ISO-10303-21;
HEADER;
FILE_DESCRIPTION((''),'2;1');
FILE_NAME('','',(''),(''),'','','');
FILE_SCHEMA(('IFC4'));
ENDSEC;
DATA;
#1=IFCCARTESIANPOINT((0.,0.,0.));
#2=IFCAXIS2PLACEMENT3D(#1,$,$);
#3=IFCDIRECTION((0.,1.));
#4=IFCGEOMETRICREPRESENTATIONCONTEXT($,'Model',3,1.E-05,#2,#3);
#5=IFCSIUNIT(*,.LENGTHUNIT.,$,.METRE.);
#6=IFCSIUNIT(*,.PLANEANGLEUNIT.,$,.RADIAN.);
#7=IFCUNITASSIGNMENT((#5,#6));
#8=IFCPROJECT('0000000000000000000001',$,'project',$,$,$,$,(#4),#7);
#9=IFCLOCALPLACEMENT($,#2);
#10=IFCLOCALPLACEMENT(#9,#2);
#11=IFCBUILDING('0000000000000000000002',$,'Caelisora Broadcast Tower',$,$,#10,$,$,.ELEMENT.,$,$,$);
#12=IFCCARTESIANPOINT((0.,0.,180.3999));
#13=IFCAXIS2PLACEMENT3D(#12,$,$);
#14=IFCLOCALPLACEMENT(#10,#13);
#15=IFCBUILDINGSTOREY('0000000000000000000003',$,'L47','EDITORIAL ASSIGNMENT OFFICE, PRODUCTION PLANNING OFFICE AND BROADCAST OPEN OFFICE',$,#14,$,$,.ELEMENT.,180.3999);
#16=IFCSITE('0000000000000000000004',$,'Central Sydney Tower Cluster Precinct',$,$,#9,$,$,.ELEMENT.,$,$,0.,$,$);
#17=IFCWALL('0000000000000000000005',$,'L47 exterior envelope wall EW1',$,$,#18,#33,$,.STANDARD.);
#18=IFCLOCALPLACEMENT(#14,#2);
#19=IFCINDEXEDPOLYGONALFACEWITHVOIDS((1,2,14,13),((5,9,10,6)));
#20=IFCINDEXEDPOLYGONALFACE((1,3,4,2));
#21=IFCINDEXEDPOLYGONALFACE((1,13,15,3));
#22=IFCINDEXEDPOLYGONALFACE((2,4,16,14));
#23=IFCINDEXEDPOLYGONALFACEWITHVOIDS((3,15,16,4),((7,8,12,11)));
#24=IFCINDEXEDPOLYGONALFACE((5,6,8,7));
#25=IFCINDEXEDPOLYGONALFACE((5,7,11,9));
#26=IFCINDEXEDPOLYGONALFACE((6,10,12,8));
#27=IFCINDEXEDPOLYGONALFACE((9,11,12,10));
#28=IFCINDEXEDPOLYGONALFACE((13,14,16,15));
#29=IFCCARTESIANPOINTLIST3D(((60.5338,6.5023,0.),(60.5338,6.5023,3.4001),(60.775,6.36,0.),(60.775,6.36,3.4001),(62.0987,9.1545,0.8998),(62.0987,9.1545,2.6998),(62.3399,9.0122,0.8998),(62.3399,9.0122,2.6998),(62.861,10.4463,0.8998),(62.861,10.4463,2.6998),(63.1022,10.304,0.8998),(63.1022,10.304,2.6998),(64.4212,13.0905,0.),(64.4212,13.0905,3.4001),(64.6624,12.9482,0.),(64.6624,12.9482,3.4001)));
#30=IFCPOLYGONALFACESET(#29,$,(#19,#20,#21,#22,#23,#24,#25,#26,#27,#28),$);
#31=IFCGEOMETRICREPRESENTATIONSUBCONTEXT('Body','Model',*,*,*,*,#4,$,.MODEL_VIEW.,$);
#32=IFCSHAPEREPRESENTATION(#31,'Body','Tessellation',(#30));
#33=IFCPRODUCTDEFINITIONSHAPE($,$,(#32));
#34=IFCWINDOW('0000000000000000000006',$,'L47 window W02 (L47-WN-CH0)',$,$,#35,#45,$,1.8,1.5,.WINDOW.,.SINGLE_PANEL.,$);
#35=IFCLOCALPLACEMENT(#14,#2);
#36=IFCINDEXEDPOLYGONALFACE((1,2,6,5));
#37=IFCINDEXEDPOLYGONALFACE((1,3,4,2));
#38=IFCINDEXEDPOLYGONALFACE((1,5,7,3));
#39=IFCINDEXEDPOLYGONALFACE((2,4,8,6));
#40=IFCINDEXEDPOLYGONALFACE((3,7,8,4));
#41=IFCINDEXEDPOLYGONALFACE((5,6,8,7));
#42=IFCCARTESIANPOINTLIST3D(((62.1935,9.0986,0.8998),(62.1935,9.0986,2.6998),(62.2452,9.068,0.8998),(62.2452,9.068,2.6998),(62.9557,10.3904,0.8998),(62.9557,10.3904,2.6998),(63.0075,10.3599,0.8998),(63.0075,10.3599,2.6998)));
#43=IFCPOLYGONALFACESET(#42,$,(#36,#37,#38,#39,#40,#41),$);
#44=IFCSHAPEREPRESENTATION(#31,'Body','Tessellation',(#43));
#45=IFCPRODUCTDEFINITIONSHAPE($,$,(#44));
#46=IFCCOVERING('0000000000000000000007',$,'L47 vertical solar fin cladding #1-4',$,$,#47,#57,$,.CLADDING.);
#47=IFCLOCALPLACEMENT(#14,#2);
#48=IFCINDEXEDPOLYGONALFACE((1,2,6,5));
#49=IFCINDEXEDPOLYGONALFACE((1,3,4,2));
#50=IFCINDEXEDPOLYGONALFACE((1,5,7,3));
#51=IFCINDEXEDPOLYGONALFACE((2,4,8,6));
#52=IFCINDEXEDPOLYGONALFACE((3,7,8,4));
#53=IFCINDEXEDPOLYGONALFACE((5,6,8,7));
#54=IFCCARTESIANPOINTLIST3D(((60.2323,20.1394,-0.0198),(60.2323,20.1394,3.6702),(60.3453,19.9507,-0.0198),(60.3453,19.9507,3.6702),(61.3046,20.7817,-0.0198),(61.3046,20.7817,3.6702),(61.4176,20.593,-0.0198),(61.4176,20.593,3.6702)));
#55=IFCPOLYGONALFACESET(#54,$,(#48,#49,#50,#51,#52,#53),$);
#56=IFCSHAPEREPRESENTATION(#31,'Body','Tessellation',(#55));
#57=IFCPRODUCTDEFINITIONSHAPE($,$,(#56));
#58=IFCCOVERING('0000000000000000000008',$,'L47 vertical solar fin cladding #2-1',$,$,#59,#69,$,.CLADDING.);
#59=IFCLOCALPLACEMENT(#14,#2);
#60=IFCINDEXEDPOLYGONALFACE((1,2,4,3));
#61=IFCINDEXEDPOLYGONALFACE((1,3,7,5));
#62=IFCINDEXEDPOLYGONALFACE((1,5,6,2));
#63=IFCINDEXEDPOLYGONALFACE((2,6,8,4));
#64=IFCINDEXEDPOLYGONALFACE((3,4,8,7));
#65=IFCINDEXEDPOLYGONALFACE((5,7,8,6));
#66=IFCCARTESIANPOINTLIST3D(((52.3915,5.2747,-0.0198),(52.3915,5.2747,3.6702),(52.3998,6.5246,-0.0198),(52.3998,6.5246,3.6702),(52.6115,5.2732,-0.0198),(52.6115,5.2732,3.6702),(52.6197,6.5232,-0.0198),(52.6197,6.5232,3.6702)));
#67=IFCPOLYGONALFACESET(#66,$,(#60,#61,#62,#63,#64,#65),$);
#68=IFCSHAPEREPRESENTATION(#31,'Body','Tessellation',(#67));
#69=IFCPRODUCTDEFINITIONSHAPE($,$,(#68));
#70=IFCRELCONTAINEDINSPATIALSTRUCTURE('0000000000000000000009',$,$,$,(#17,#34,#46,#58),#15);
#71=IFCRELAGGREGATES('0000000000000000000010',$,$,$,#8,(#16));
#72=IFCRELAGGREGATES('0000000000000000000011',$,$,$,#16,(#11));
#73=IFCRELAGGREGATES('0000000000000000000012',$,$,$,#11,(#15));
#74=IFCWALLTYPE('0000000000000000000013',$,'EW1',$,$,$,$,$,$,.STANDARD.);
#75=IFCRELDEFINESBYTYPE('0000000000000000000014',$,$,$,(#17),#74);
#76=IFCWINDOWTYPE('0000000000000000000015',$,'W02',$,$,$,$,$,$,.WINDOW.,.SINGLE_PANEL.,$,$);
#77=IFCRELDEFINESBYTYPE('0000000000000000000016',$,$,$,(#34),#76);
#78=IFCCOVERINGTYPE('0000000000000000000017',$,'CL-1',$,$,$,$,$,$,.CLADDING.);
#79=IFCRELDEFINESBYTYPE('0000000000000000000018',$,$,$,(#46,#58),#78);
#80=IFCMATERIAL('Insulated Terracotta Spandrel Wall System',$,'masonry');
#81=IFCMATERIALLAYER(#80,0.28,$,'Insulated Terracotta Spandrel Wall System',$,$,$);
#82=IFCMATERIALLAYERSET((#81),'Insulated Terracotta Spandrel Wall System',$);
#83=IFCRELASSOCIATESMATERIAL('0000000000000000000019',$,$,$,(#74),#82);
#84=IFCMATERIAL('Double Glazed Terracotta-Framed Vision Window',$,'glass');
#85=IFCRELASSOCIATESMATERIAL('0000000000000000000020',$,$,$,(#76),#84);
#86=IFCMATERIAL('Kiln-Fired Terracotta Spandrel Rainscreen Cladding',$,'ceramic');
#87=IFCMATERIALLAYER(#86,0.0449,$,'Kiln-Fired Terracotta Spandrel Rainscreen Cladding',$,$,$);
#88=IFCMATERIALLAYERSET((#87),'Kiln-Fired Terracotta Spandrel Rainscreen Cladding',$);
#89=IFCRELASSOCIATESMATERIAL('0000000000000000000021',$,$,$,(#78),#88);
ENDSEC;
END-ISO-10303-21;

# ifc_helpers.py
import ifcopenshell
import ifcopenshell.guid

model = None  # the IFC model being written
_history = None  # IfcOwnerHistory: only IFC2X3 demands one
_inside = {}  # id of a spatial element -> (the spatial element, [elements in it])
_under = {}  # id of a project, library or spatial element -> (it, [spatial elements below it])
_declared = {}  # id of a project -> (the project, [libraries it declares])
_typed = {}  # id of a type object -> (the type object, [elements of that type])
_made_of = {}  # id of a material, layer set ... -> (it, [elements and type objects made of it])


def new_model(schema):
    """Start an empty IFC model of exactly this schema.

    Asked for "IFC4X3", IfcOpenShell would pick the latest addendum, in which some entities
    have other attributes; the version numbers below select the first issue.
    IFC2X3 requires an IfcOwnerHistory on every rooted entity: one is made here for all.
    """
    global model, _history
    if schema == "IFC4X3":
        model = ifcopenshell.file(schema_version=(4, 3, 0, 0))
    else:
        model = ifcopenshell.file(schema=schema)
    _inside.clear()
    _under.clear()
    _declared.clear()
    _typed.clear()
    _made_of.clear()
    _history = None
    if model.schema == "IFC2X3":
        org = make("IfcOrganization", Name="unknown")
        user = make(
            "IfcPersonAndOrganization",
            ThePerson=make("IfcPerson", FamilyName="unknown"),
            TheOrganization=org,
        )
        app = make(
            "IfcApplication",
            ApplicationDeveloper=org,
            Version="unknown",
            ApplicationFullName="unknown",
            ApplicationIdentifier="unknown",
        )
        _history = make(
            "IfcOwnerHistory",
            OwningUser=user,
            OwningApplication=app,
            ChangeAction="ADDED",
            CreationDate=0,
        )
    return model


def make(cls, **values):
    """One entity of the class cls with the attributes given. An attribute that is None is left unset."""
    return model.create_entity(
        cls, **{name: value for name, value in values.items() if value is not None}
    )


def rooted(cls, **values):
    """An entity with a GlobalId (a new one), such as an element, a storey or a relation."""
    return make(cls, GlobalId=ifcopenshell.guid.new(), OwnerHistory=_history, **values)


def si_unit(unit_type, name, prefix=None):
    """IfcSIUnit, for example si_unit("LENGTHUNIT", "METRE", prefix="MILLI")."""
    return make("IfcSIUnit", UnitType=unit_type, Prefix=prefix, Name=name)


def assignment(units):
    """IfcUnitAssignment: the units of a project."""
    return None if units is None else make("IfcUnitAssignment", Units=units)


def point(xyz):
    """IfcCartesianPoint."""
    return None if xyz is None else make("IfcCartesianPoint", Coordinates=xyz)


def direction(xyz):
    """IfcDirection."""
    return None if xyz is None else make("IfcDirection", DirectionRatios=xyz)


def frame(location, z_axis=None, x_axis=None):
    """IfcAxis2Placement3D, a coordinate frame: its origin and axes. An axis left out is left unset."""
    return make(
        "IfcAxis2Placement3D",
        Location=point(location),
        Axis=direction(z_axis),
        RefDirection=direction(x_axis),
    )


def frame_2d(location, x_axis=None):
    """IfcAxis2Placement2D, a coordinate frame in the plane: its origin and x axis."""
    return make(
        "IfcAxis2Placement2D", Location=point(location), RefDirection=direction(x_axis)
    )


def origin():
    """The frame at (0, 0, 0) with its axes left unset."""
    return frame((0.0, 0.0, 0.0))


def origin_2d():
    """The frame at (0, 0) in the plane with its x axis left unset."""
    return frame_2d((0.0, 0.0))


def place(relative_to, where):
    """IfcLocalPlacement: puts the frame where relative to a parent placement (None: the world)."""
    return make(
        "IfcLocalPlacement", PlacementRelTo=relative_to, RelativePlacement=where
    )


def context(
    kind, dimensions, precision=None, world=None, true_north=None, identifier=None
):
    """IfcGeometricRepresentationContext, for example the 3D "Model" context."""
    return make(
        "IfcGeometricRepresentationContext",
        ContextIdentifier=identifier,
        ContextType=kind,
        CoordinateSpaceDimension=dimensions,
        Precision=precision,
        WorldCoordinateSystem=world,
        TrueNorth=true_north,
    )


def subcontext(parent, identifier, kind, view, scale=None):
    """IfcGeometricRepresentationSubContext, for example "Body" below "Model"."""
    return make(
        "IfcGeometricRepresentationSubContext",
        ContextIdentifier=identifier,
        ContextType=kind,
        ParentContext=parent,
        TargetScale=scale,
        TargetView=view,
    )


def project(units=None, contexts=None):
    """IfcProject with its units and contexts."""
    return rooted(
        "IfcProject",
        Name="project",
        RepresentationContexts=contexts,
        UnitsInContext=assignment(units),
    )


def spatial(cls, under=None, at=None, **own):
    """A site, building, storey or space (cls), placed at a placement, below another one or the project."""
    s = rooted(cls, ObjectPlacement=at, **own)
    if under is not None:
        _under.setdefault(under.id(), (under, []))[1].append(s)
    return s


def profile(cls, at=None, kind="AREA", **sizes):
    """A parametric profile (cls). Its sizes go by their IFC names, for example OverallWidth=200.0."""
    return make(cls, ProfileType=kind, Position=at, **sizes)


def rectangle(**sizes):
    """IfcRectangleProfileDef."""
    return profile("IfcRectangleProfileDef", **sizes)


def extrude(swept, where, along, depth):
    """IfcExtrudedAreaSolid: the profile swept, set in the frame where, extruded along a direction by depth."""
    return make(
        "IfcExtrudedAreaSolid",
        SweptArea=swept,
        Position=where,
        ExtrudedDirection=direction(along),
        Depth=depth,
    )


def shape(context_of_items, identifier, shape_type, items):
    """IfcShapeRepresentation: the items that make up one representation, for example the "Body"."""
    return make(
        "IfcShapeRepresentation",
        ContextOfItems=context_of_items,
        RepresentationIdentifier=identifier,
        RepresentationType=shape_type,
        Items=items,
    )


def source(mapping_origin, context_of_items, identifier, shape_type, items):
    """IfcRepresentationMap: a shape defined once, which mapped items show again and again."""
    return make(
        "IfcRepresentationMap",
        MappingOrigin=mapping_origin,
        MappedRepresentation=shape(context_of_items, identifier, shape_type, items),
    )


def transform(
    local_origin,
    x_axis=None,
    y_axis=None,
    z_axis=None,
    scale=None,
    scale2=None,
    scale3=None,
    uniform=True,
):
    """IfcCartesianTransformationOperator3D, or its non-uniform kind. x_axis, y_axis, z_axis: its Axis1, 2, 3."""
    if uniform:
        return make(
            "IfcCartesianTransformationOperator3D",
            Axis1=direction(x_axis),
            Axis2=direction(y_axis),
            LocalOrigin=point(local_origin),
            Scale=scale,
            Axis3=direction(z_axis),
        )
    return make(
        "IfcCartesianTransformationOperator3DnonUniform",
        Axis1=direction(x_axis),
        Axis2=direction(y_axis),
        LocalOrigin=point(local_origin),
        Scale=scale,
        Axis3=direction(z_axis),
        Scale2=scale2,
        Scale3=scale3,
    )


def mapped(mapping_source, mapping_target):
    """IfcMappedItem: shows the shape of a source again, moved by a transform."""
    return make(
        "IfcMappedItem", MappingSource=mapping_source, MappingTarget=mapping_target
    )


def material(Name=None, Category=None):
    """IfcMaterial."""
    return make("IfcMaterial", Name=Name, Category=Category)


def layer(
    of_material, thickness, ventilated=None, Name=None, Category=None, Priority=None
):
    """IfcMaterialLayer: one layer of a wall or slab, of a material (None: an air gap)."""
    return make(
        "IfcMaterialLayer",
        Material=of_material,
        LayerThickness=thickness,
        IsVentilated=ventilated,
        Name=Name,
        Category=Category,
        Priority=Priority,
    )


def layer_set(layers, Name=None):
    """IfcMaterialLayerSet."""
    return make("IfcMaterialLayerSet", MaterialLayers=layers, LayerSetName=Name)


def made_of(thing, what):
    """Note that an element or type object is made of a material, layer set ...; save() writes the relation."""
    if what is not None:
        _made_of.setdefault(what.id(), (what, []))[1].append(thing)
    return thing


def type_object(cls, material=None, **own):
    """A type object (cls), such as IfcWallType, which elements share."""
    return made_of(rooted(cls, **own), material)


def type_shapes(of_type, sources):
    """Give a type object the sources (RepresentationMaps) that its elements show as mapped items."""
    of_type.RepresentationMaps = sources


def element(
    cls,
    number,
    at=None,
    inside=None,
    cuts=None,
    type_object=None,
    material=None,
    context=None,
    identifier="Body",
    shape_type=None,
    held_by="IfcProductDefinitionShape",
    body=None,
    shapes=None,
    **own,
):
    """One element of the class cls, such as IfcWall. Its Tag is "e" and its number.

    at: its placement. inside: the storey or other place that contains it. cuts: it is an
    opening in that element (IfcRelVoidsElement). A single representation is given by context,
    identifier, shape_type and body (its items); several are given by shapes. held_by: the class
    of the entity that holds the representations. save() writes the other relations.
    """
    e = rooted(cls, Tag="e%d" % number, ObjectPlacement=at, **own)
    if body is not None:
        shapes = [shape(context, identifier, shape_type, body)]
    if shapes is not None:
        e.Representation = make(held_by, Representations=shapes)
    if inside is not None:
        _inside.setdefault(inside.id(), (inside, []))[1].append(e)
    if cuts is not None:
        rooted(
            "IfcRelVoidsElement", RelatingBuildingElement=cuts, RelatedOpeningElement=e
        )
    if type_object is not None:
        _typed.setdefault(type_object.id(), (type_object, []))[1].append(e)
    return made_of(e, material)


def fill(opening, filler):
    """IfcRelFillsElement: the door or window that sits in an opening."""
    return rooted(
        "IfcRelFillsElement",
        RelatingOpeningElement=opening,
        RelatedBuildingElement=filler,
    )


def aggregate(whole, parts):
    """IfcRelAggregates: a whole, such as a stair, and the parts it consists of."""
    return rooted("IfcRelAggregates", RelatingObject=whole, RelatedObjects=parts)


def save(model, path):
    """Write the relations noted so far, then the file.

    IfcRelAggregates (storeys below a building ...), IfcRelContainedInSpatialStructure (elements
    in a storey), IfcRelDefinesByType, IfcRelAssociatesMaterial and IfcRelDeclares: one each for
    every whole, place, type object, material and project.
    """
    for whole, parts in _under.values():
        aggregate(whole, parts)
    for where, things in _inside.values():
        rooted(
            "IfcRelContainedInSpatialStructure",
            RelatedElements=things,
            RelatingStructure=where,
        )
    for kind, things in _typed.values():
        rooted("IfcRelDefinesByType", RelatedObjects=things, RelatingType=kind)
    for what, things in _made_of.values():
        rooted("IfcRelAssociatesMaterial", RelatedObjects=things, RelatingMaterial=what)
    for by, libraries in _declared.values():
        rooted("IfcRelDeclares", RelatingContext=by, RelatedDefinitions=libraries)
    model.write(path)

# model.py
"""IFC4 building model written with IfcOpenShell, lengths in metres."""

from ifc_helpers import new_model, si_unit, direction, frame, frame_2d, origin, origin_2d, place, context, subcontext, project, spatial, rectangle, extrude, source, transform, mapped, material, layer, layer_set, type_object, type_shapes, element, fill, save


model = new_model("IFC4")

# Units and contexts
model_context = context("Model", 3, precision=1e-05, world=origin(), true_north=direction((0.0, 1.0)))
body_context = subcontext(model_context, "Body", "Model", "MODEL_VIEW")
ifc_project = project(units=[si_unit("LENGTHUNIT", "METRE"), si_unit("PLANEANGLEUNIT", "RADIAN")], contexts=[model_context])

# Site, building, storey
site_placement = place(None, origin())
site = spatial("IfcSite", under=ifc_project, at=site_placement, Name="Central Sydney Tower Cluster Precinct", CompositionType="ELEMENT", RefElevation=0.0)
building_placement = place(site_placement, origin())
building = spatial("IfcBuilding", under=site, at=building_placement, Name="Caelisora Broadcast Tower", CompositionType="ELEMENT")
storey_placement = place(building_placement, frame((0.0, 0.0, 180.3999)))
storey = spatial("IfcBuildingStorey", under=building, at=storey_placement, Name="L47", Description="EDITORIAL ASSIGNMENT OFFICE, PRODUCTION PLANNING OFFICE AND BROADCAST OPEN OFFICE", CompositionType="ELEMENT", Elevation=180.3999)

# Wall, opening, window
ifc_material_1 = material(Name="Insulated Terracotta Spandrel Wall System", Category="masonry")
ifc_layer_1 = layer(ifc_material_1, 0.28, Name="Insulated Terracotta Spandrel Wall System")
ifc_layer_set_1 = layer_set([ifc_layer_1], Name="Insulated Terracotta Spandrel Wall System")
wall_type = type_object("IfcWallType", Name="EW1", PredefinedType="STANDARD", material=ifc_layer_set_1)
wall_placement = place(storey_placement, frame((64.5417, 13.0193, 0.0), z_axis=(0.0, 0.0, 1.0), x_axis=(-0.508179, -0.861252, 0.0)))
wall = element("IfcWall", 1, at=wall_placement, inside=storey, type_object=wall_type, Name="L47 exterior envelope wall EW1", PredefinedType="STANDARD", context=body_context, shape_type="SweptSolid", body=[
    extrude(rectangle(XDim=7.6497, YDim=0.28, at=frame_2d((3.8247, 0.0))), origin(), (0.0, 0.0, 1.0), 3.4001),
])
opening_placement = place(wall_placement, frame((3.0701, 0.0, 0.8999)))
opening = element("IfcOpeningElement", 2, at=opening_placement, cuts=wall, PredefinedType="OPENING", context=body_context, shape_type="SweptSolid", body=[
    extrude(rectangle(XDim=1.5, YDim=1.8, at=frame_2d((0.75, 0.8999))), frame((0.0, 0.1521, 0.0), z_axis=(0.0, -1.0, 0.0), x_axis=(1.0, 0.0, 0.0)), (0.0, 0.0, 1.0), 0.304),
])
ifc_material_2 = material(Name="Double Glazed Terracotta-Framed Vision Window", Category="glass")
window_type = type_object("IfcWindowType", Name="W02", PartitioningType="SINGLE_PANEL", PredefinedType="WINDOW", material=ifc_material_2)
window_placement = place(opening_placement, origin())
window = element("IfcWindow", 3, at=window_placement, inside=storey, type_object=window_type, Name="L47 window W02 (L47-WN-CH0)", OverallHeight=1.8, OverallWidth=1.5, PartitioningType="SINGLE_PANEL", PredefinedType="WINDOW", context=body_context, shape_type="SweptSolid", body=[
    extrude(rectangle(XDim=1.5, YDim=1.8, at=frame_2d((0.75, 0.8999))), frame((0.0, 0.03, 0.0), z_axis=(0.0, -1.0, 0.0), x_axis=(1.0, 0.0, 0.0)), (0.0, 0.0, 1.0), 0.0601),
])
fill(opening, window)

# Coverings
ifc_material_3 = material(Name="Kiln-Fired Terracotta Spandrel Rainscreen Cladding", Category="ceramic")
ifc_layer_2 = layer(ifc_material_3, 0.0449, Name="Kiln-Fired Terracotta Spandrel Rainscreen Cladding")
ifc_layer_set_2 = layer_set([ifc_layer_2], Name="Kiln-Fired Terracotta Spandrel Rainscreen Cladding")
covering_type = type_object("IfcCoveringType", Name="CL-1", PredefinedType="CLADDING", material=ifc_layer_set_2)
shared_shape_1 = source(origin(), body_context, "Body", "SweptSolid", [
    extrude(rectangle(XDim=0.22, YDim=1.25, at=origin_2d()), origin(), (0.0, 0.0, 1.0), 3.6899),
])
type_shapes(covering_type, [shared_shape_1])
for number, where, z_axis, x_axis, name in (
    (4, (60.825, 20.3662, -0.0198), (0.0, 0.0, 1.0), (0.513841, -0.857886, 0.0), "L47 vertical solar fin cladding #1-4"),
    (5, (52.5056, 5.8989, -0.0198), (0.0, 0.0, 1.0), (-0.999978, 0.006632, 0.0), "L47 vertical solar fin cladding #2-1"),
):
    element("IfcCovering", number, at=place(storey_placement, frame(where, z_axis=z_axis, x_axis=x_axis)), inside=storey, type_object=covering_type, Name=name, PredefinedType="CLADDING", context=body_context, shape_type="MappedRepresentation", body=[
        mapped(shared_shape_1, transform((0.0, 0.0, 0.0), scale=1.0)),
    ])

save(model, "model.ifc")
